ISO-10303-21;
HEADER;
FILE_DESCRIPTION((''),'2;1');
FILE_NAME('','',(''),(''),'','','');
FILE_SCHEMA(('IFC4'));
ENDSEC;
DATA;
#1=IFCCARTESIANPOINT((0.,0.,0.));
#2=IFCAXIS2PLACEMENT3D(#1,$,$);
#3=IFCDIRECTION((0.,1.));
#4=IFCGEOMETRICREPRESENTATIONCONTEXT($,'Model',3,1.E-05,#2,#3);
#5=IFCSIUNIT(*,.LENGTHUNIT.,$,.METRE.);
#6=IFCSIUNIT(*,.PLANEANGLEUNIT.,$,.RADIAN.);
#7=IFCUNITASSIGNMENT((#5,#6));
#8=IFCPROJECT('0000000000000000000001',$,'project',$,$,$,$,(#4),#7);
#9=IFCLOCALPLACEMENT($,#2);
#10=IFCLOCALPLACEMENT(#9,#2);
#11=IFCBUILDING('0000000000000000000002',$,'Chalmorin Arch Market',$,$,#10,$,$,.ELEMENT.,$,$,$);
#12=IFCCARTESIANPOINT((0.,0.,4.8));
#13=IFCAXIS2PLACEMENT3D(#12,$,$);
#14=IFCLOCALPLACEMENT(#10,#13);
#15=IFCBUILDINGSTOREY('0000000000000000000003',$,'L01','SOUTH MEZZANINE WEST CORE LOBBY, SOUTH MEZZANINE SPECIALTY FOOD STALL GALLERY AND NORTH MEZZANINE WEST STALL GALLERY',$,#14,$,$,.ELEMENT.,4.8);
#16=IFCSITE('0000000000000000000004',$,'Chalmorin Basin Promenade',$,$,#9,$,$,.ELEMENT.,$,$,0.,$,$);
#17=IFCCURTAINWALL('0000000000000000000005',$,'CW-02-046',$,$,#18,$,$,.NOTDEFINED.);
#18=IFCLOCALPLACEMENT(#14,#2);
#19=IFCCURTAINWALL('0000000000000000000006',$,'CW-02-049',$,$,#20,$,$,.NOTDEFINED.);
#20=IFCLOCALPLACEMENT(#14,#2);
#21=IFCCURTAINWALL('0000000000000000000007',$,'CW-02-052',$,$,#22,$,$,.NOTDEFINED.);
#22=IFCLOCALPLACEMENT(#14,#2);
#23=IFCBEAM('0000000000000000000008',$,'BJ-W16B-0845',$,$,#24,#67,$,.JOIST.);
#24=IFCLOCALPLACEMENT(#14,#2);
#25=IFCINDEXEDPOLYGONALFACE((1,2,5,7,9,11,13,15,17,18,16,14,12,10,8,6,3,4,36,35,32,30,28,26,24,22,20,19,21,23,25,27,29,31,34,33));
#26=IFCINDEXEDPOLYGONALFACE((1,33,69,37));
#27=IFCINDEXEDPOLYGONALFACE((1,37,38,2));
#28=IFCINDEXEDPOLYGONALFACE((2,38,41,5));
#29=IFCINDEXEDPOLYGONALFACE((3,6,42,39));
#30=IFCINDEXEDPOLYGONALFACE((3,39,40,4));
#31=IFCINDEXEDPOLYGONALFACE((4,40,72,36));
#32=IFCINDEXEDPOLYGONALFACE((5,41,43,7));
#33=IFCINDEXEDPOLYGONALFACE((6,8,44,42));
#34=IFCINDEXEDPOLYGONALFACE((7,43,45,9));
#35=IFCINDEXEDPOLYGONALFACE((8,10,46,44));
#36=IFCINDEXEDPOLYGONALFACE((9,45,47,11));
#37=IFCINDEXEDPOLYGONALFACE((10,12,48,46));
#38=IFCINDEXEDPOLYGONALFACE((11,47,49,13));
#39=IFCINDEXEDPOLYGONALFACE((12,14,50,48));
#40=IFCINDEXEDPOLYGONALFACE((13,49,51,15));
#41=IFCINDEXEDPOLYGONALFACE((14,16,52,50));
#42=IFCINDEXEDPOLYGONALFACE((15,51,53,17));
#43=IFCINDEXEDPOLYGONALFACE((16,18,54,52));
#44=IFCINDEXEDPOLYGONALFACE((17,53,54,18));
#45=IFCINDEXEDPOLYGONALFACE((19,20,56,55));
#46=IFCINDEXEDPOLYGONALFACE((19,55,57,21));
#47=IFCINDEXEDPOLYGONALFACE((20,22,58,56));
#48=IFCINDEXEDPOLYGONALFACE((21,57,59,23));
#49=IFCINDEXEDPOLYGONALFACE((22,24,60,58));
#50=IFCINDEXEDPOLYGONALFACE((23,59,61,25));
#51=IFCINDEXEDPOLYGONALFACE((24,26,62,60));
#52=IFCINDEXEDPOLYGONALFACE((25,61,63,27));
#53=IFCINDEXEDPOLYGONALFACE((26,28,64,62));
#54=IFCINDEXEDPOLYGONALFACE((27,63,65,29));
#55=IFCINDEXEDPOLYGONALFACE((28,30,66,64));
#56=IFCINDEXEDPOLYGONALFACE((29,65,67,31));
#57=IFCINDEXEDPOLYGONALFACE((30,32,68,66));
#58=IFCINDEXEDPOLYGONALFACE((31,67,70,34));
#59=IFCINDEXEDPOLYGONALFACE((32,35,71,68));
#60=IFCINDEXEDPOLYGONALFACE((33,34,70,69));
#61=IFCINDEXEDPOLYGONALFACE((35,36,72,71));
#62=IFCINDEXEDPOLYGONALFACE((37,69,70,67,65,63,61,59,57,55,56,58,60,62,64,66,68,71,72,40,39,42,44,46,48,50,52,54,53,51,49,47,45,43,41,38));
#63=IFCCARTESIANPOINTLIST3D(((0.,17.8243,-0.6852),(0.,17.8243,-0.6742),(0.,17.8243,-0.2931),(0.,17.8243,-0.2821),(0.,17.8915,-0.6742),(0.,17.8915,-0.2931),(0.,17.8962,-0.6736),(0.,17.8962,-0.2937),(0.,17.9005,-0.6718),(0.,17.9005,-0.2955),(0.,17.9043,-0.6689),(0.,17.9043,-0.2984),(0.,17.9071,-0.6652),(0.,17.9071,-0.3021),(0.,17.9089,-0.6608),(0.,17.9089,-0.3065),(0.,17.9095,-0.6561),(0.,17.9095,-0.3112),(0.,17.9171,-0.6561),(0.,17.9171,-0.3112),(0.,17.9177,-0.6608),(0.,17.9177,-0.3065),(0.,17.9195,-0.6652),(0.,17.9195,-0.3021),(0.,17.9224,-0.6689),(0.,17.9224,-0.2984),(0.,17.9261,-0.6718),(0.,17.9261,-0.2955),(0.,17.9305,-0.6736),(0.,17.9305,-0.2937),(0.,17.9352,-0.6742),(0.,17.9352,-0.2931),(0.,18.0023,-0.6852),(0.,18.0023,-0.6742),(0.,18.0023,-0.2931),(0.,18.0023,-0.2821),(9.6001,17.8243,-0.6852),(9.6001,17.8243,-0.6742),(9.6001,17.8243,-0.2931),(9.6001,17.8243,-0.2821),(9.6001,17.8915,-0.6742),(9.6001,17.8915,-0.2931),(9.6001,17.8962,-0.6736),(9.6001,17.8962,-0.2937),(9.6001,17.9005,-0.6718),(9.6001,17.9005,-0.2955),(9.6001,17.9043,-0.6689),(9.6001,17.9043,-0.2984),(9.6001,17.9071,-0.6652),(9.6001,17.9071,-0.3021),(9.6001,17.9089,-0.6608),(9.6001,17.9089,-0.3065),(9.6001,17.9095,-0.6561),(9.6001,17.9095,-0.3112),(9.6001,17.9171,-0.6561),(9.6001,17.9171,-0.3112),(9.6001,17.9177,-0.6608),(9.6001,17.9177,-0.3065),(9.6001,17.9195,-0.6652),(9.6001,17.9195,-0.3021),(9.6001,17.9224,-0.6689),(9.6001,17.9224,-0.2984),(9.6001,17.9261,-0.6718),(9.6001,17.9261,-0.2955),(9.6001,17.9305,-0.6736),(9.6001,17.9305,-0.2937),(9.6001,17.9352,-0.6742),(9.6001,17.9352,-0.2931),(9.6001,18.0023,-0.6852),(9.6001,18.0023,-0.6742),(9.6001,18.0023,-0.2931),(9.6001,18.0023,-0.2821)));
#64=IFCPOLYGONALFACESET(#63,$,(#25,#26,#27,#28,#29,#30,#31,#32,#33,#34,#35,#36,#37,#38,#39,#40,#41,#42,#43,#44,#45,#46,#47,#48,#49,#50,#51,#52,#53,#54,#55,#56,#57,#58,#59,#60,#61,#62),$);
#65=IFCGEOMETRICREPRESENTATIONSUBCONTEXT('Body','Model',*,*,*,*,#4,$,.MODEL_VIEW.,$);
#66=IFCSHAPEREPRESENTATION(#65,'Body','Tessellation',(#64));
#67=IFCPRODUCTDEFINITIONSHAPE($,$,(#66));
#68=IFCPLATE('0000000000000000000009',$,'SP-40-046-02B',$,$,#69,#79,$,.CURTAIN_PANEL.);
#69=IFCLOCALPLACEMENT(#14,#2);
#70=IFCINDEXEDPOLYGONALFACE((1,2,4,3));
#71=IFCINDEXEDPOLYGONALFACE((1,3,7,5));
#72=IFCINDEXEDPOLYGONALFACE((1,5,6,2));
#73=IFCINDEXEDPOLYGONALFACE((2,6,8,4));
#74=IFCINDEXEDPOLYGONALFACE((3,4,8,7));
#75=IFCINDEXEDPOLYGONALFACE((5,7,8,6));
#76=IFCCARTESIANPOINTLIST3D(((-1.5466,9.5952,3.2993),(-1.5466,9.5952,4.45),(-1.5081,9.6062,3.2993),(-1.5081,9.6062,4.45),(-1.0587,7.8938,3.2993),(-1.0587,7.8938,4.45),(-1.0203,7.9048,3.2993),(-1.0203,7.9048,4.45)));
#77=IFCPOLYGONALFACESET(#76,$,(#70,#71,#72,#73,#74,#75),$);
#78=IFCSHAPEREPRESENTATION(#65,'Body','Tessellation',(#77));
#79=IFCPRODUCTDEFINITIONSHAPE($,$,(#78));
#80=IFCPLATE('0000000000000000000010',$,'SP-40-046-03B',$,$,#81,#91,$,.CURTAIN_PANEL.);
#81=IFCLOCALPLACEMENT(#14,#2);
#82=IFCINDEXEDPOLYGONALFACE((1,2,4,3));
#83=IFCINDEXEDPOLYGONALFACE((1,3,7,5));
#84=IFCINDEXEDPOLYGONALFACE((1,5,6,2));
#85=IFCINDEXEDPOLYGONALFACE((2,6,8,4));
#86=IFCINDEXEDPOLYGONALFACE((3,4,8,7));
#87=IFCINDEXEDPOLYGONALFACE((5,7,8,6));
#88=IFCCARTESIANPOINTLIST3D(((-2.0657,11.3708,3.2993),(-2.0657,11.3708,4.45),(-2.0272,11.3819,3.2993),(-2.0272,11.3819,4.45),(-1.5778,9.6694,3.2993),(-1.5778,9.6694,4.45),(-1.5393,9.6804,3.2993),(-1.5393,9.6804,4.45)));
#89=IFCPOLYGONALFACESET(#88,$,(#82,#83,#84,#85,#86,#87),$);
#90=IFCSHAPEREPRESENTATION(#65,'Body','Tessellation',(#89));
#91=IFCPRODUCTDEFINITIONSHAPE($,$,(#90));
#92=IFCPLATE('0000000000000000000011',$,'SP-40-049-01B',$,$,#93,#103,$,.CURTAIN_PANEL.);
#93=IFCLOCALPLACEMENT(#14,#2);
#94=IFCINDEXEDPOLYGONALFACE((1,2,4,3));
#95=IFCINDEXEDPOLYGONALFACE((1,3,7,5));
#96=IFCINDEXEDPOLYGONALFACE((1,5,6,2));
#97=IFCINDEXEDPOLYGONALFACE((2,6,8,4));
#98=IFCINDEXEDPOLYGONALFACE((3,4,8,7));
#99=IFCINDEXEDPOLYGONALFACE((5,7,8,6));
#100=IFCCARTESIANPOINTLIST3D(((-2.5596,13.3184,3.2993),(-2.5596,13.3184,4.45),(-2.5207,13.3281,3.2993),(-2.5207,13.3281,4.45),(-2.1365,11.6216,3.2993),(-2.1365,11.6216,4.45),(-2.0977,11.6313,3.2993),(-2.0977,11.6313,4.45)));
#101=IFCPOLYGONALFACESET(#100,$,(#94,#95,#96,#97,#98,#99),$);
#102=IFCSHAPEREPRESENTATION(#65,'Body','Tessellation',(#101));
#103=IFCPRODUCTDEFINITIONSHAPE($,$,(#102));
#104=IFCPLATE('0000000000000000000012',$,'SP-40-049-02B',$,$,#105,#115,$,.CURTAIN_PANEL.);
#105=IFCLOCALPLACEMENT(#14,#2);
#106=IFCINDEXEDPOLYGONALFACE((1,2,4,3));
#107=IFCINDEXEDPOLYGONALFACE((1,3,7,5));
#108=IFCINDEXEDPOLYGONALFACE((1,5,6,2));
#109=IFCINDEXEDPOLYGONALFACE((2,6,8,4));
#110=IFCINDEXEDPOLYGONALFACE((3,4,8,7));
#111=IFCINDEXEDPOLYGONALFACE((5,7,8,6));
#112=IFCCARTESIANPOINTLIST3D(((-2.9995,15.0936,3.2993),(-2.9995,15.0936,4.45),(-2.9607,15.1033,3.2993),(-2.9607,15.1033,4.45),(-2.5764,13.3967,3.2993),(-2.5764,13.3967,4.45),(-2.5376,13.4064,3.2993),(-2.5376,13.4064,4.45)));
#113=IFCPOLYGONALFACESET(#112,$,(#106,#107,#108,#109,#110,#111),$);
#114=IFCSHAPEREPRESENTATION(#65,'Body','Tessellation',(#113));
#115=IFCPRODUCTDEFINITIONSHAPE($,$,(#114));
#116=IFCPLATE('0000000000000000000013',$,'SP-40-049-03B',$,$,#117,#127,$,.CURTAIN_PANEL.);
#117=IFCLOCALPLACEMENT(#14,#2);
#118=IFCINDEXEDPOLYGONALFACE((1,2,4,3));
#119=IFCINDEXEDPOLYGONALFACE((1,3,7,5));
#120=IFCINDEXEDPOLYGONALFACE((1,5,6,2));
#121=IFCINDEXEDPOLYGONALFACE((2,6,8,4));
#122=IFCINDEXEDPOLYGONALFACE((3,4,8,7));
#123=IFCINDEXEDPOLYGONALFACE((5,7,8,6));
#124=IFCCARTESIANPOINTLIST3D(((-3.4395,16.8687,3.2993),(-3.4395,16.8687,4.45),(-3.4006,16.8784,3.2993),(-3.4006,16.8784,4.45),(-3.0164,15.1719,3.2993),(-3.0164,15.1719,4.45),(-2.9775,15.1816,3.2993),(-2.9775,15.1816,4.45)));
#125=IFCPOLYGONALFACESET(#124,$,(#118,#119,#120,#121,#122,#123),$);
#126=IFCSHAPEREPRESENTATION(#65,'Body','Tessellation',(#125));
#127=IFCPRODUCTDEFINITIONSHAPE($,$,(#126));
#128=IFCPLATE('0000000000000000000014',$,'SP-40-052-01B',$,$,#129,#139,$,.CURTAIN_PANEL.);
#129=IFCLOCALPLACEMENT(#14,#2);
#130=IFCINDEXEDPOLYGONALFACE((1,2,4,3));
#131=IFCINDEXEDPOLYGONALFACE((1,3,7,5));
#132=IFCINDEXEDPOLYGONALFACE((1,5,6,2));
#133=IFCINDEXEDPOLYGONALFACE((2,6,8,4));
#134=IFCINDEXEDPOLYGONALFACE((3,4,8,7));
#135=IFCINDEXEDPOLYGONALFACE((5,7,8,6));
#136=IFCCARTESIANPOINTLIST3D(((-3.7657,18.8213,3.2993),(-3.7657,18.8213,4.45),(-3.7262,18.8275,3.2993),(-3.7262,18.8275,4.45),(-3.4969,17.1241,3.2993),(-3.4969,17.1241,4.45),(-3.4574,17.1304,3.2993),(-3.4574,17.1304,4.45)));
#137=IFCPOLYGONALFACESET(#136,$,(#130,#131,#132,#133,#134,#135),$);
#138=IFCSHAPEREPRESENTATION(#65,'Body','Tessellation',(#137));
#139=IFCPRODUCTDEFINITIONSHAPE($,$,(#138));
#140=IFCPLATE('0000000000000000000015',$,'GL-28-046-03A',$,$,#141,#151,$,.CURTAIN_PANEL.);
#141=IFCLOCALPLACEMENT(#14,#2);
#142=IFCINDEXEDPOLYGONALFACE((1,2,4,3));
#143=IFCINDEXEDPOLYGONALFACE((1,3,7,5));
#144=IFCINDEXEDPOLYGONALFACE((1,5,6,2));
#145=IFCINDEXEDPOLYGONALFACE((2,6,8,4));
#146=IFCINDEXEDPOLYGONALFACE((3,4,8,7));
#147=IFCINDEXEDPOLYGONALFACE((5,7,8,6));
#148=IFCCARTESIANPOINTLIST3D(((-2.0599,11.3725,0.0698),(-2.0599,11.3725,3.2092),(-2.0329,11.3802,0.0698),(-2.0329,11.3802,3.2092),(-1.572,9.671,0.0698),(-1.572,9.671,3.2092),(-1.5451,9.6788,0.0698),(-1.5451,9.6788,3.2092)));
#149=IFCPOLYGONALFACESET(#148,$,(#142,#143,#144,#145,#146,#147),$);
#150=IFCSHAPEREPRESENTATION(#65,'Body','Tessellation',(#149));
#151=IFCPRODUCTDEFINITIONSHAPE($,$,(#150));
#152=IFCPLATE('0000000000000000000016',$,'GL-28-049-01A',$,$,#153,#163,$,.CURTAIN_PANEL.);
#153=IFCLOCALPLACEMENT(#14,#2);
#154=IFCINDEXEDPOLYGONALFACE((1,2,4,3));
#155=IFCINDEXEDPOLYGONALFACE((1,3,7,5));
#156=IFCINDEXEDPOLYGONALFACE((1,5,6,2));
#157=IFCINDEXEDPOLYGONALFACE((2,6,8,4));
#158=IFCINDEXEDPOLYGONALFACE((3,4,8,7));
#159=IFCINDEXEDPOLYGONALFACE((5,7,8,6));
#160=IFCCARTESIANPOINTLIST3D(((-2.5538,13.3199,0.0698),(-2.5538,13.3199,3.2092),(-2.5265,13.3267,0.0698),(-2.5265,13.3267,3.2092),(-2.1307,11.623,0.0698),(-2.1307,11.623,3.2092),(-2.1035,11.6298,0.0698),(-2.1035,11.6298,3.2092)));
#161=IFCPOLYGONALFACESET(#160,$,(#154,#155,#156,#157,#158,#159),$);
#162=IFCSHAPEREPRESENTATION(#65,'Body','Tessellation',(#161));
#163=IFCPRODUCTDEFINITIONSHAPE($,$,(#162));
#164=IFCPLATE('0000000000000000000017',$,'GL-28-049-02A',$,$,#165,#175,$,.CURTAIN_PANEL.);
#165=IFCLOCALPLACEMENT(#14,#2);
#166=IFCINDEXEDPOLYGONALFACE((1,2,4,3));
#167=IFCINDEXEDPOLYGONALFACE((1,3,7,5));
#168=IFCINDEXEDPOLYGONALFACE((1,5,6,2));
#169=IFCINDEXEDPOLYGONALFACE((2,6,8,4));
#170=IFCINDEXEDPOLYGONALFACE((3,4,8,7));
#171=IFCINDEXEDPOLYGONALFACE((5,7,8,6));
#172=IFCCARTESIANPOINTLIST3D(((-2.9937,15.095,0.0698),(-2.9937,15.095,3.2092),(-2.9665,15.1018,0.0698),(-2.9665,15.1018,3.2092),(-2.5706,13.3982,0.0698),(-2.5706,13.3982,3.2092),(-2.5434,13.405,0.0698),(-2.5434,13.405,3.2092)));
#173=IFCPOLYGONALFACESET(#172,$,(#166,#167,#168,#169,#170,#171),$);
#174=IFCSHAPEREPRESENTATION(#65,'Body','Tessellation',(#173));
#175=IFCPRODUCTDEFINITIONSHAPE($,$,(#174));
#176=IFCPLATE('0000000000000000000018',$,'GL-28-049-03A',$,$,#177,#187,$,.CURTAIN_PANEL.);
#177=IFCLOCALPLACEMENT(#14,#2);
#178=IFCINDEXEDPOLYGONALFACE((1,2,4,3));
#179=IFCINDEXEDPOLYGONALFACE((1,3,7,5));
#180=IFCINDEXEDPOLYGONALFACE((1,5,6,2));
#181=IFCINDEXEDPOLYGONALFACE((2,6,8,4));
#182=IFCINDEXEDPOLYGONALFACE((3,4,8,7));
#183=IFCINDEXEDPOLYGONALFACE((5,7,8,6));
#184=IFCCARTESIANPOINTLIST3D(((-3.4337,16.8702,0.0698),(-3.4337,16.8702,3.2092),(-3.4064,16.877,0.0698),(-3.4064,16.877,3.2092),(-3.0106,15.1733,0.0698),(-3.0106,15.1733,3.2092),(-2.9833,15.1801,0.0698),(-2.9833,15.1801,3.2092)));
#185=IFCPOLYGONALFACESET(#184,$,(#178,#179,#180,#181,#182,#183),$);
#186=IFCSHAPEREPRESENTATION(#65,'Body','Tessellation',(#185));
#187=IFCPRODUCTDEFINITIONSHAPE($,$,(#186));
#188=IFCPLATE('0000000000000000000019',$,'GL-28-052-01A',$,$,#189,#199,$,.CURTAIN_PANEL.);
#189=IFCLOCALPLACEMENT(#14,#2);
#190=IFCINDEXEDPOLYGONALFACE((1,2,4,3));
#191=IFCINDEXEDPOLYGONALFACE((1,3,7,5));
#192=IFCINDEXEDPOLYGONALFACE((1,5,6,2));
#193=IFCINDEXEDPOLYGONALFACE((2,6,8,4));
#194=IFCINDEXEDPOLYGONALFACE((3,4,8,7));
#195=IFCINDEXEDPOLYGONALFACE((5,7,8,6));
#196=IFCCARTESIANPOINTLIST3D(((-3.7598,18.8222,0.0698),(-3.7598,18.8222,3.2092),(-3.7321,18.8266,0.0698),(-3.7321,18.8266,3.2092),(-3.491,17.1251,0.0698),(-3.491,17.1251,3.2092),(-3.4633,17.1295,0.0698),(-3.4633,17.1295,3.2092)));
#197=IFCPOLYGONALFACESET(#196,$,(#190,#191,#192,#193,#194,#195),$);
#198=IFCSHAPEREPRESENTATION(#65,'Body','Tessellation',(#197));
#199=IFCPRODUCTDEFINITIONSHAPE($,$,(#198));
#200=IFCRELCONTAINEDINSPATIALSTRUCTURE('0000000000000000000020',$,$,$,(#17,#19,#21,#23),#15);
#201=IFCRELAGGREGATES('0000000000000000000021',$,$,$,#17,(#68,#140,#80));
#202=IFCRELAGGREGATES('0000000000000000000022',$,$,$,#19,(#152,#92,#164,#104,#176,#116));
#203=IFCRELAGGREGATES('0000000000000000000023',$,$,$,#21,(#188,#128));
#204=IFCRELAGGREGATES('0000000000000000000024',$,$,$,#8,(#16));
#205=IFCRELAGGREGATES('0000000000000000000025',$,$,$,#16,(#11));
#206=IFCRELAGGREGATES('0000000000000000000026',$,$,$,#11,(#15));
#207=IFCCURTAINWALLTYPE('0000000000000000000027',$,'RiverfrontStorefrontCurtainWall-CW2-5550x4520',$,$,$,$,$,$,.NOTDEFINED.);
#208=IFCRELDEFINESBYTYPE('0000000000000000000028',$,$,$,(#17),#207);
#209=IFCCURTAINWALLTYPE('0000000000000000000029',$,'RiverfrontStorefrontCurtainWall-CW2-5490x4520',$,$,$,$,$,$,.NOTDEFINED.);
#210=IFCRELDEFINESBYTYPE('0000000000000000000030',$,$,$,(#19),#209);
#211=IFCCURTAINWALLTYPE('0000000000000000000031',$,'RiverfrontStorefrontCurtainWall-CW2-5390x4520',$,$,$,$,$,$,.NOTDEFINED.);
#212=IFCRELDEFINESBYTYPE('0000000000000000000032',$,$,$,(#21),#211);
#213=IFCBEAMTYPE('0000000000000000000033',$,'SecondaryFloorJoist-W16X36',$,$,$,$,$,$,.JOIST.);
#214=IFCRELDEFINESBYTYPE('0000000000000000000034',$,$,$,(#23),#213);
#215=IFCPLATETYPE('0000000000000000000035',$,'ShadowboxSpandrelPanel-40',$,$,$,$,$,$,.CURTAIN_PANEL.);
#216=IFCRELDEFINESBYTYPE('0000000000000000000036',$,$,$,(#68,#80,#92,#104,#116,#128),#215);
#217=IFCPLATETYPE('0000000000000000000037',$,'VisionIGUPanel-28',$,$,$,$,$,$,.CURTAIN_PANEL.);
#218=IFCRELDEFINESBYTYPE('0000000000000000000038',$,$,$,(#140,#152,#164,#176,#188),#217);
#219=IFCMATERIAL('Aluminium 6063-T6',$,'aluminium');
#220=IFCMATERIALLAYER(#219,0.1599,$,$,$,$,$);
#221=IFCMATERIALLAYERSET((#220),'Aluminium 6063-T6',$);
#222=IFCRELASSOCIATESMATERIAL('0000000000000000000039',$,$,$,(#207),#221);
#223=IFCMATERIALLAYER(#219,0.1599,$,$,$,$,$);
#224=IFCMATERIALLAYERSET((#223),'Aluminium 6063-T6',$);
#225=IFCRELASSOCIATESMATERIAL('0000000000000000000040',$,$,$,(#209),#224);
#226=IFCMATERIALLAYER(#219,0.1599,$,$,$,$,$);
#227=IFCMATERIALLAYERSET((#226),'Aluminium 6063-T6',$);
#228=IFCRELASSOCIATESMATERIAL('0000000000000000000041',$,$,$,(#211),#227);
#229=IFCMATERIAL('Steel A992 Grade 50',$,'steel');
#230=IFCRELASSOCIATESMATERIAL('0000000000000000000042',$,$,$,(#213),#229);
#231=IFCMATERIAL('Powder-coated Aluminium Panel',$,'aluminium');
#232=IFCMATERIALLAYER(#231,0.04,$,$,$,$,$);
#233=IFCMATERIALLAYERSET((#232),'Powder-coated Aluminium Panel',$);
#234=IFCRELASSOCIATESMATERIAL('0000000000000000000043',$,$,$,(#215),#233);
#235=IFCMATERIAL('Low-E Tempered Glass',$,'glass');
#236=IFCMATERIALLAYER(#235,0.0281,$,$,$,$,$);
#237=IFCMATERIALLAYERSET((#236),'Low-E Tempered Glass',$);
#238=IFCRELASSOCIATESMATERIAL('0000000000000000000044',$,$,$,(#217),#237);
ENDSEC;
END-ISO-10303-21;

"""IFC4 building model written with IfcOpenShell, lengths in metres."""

from ifc_helpers import new_model, si_unit, direction, frame, origin, origin_2d, place, context, subcontext, project, spatial, rectangle, i_section, extrude, material, layer, layer_set, material_profile, profile_set, type_object, element, aggregate, save


model = new_model("IFC4")

# Units and contexts
model_context = context("Model", 3, precision=1e-05, world=origin(), true_north=direction((0.0, 1.0)))
body_context = subcontext(model_context, "Body", "Model", "MODEL_VIEW")
ifc_project = project(units=[si_unit("LENGTHUNIT", "METRE"), si_unit("PLANEANGLEUNIT", "RADIAN")], contexts=[model_context])

# Site, building, storey
site_placement = place(None, origin())
site = spatial("IfcSite", under=ifc_project, at=site_placement, Name="Chalmorin Basin Promenade", CompositionType="ELEMENT", RefElevation=0.0)
building_placement = place(site_placement, origin())
building = spatial("IfcBuilding", under=site, at=building_placement, Name="Chalmorin Arch Market", CompositionType="ELEMENT")
storey_placement = place(building_placement, frame((0.0, 0.0, 4.8)))
storey = spatial("IfcBuildingStorey", under=building, at=storey_placement, Name="L01", Description="SOUTH MEZZANINE WEST CORE LOBBY, SOUTH MEZZANINE SPECIALTY FOOD STALL GALLERY AND NORTH MEZZANINE WEST STALL GALLERY", CompositionType="ELEMENT", Elevation=4.8)

# Curtain walls
ifc_material_1 = material(Name="Aluminium 6063-T6", Category="aluminium")
ifc_layer_1 = layer(ifc_material_1, 0.1599)
ifc_layer_set_1 = layer_set([ifc_layer_1], Name="Aluminium 6063-T6")
curtain_wall_type_1 = type_object("IfcCurtainWallType", Name="RiverfrontStorefrontCurtainWall-CW2-5550x4520", PredefinedType="NOTDEFINED", material=ifc_layer_set_1)
curtain_wall_1_placement = place(storey_placement, origin())
curtain_wall_1 = element("IfcCurtainWall", 1, at=curtain_wall_1_placement, inside=storey, type_object=curtain_wall_type_1, Name="CW-02-046", PredefinedType="NOTDEFINED")
ifc_layer_2 = layer(ifc_material_1, 0.1599)
ifc_layer_set_2 = layer_set([ifc_layer_2], Name="Aluminium 6063-T6")
curtain_wall_type_2 = type_object("IfcCurtainWallType", Name="RiverfrontStorefrontCurtainWall-CW2-5490x4520", PredefinedType="NOTDEFINED", material=ifc_layer_set_2)
curtain_wall_2_placement = place(storey_placement, origin())
curtain_wall_2 = element("IfcCurtainWall", 2, at=curtain_wall_2_placement, inside=storey, type_object=curtain_wall_type_2, Name="CW-02-049", PredefinedType="NOTDEFINED")
ifc_layer_3 = layer(ifc_material_1, 0.1599)
ifc_layer_set_3 = layer_set([ifc_layer_3], Name="Aluminium 6063-T6")
curtain_wall_type_3 = type_object("IfcCurtainWallType", Name="RiverfrontStorefrontCurtainWall-CW2-5390x4520", PredefinedType="NOTDEFINED", material=ifc_layer_set_3)
curtain_wall_3_placement = place(storey_placement, origin())
curtain_wall_3 = element("IfcCurtainWall", 3, at=curtain_wall_3_placement, inside=storey, type_object=curtain_wall_type_3, Name="CW-02-052", PredefinedType="NOTDEFINED")

# Beam
ifc_material_2 = material(Name="Steel A992 Grade 50", Category="steel")
ifc_material_profile_1 = material_profile(ifc_material_2, i_section(OverallWidth=0.178, OverallDepth=0.4031, WebThickness=0.0076, FlangeThickness=0.011, FilletRadius=0.0181, at=origin_2d()), Name="W16X36")
ifc_profile_set_1 = profile_set([ifc_material_profile_1], Name="Steel A992 Grade 50")
beam_type_1 = type_object("IfcBeamType", Name="SecondaryFloorJoist-W16X36", PredefinedType="JOIST", material=ifc_profile_set_1)
beam_1_placement = place(storey_placement, frame((0.0, 17.9133, -0.4836), z_axis=(1.0, 0.0, 0.0), x_axis=(0.0, 1.0, 0.0)))
element("IfcBeam", 4, at=beam_1_placement, inside=storey, type_object=beam_type_1, Name="BJ-W16B-0845", PredefinedType="JOIST", context=body_context, shape_type="SweptSolid", body=[
    extrude(i_section(OverallWidth=0.178, OverallDepth=0.4031, WebThickness=0.0076, FlangeThickness=0.011, FilletRadius=0.0181, at=origin_2d()), origin(), (0.0, 0.0, 1.0), 9.6001),
])

# Plates
ifc_material_3 = material(Name="Powder-coated Aluminium Panel", Category="aluminium")
ifc_layer_4 = layer(ifc_material_3, 0.04)
ifc_layer_set_4 = layer_set([ifc_layer_4], Name="Powder-coated Aluminium Panel")
plate_type_1 = type_object("IfcPlateType", Name="ShadowboxSpandrelPanel-40", PredefinedType="CURTAIN_PANEL", material=ifc_layer_set_4)
plate_1_placement = place(storey_placement, frame((-1.2834, 8.75, 3.2993), z_axis=(0.0, 0.0, 1.0), x_axis=(-0.275637, 0.961262, 0.0)))
plate_1 = element("IfcPlate", 5, at=plate_1_placement, type_object=plate_type_1, Name="SP-40-046-02B", PredefinedType="CURTAIN_PANEL", context=body_context, shape_type="SweptSolid", body=[
    extrude(rectangle(XDim=1.77, YDim=0.04, at=origin_2d()), origin(), (0.0, 0.0, 1.0), 1.1506),
])
plate_2_placement = place(storey_placement, frame((-1.8025, 10.5256, 3.2993), z_axis=(0.0, 0.0, 1.0), x_axis=(-0.275637, 0.961262, 0.0)))
plate_2 = element("IfcPlate", 6, at=plate_2_placement, type_object=plate_type_1, Name="SP-40-046-03B", PredefinedType="CURTAIN_PANEL", context=body_context, shape_type="SweptSolid", body=[
    extrude(rectangle(XDim=1.77, YDim=0.04, at=origin_2d()), origin(), (0.0, 0.0, 1.0), 1.1506),
])
plate_3_placement = place(storey_placement, frame((-2.3286, 12.4749, 3.2993), z_axis=(0.0, 0.0, 1.0), x_axis=(-0.241922, 0.970296, 0.0)))
plate_3 = element("IfcPlate", 7, at=plate_3_placement, type_object=plate_type_1, Name="SP-40-049-01B", PredefinedType="CURTAIN_PANEL", context=body_context, shape_type="SweptSolid", body=[
    extrude(rectangle(XDim=1.7488, YDim=0.04, at=origin_2d()), origin(), (0.0, 0.0, 1.0), 1.1506),
])
plate_4_placement = place(storey_placement, frame((-2.7686, 14.25, 3.2993), z_axis=(0.0, 0.0, 1.0), x_axis=(-0.241922, 0.970296, 0.0)))
plate_4 = element("IfcPlate", 8, at=plate_4_placement, type_object=plate_type_1, Name="SP-40-049-02B", PredefinedType="CURTAIN_PANEL", context=body_context, shape_type="SweptSolid", body=[
    extrude(rectangle(XDim=1.7488, YDim=0.04, at=origin_2d()), origin(), (0.0, 0.0, 1.0), 1.1506),
])
plate_5_placement = place(storey_placement, frame((-3.2085, 16.0251, 3.2993), z_axis=(0.0, 0.0, 1.0), x_axis=(-0.241922, 0.970296, 0.0)))
plate_5 = element("IfcPlate", 9, at=plate_5_placement, type_object=plate_type_1, Name="SP-40-049-03B", PredefinedType="CURTAIN_PANEL", context=body_context, shape_type="SweptSolid", body=[
    extrude(rectangle(XDim=1.7488, YDim=0.04, at=origin_2d()), origin(), (0.0, 0.0, 1.0), 1.1506),
])
plate_6_placement = place(storey_placement, frame((-3.6116, 17.9758, 3.2993), z_axis=(0.0, 0.0, 1.0), x_axis=(-0.156434, 0.987688, 0.0)))
plate_6 = element("IfcPlate", 10, at=plate_6_placement, type_object=plate_type_1, Name="SP-40-052-01B", PredefinedType="CURTAIN_PANEL", context=body_context, shape_type="SweptSolid", body=[
    extrude(rectangle(XDim=1.7183, YDim=0.04, at=origin_2d()), origin(), (0.0, 0.0, 1.0), 1.1506),
])
ifc_material_4 = material(Name="Low-E Tempered Glass", Category="glass")
ifc_layer_5 = layer(ifc_material_4, 0.0281)
ifc_layer_set_5 = layer_set([ifc_layer_5], Name="Low-E Tempered Glass")
plate_type_2 = type_object("IfcPlateType", Name="VisionIGUPanel-28", PredefinedType="CURTAIN_PANEL", material=ifc_layer_set_5)
plate_7_placement = place(storey_placement, frame((-1.8025, 10.5256, 0.0698), z_axis=(0.0, 0.0, 1.0), x_axis=(-0.275637, 0.961262, 0.0)))
plate_7 = element("IfcPlate", 11, at=plate_7_placement, type_object=plate_type_2, Name="GL-28-046-03A", PredefinedType="CURTAIN_PANEL", context=body_context, shape_type="SweptSolid", body=[
    extrude(rectangle(XDim=1.77, YDim=0.0281, at=origin_2d()), origin(), (0.0, 0.0, 1.0), 3.1394),
])
aggregate(curtain_wall_1, [plate_1, plate_7, plate_2])
plate_8_placement = place(storey_placement, frame((-2.3286, 12.4749, 0.0698), z_axis=(0.0, 0.0, 1.0), x_axis=(-0.241922, 0.970296, 0.0)))
plate_8 = element("IfcPlate", 12, at=plate_8_placement, type_object=plate_type_2, Name="GL-28-049-01A", PredefinedType="CURTAIN_PANEL", context=body_context, shape_type="SweptSolid", body=[
    extrude(rectangle(XDim=1.7488, YDim=0.0281, at=origin_2d()), origin(), (0.0, 0.0, 1.0), 3.1394),
])
plate_9_placement = place(storey_placement, frame((-2.7686, 14.25, 0.0698), z_axis=(0.0, 0.0, 1.0), x_axis=(-0.241922, 0.970296, 0.0)))
plate_9 = element("IfcPlate", 13, at=plate_9_placement, type_object=plate_type_2, Name="GL-28-049-02A", PredefinedType="CURTAIN_PANEL", context=body_context, shape_type="SweptSolid", body=[
    extrude(rectangle(XDim=1.7488, YDim=0.0281, at=origin_2d()), origin(), (0.0, 0.0, 1.0), 3.1394),
])
plate_10_placement = place(storey_placement, frame((-3.2085, 16.0251, 0.0698), z_axis=(0.0, 0.0, 1.0), x_axis=(-0.241922, 0.970296, 0.0)))
plate_10 = element("IfcPlate", 14, at=plate_10_placement, type_object=plate_type_2, Name="GL-28-049-03A", PredefinedType="CURTAIN_PANEL", context=body_context, shape_type="SweptSolid", body=[
    extrude(rectangle(XDim=1.7488, YDim=0.0281, at=origin_2d()), origin(), (0.0, 0.0, 1.0), 3.1394),
])
aggregate(curtain_wall_2, [plate_8, plate_3, plate_9, plate_4, plate_10, plate_5])
plate_11_placement = place(storey_placement, frame((-3.6116, 17.9758, 0.0698), z_axis=(0.0, 0.0, 1.0), x_axis=(-0.156434, 0.987688, 0.0)))
plate_11 = element("IfcPlate", 15, at=plate_11_placement, type_object=plate_type_2, Name="GL-28-052-01A", PredefinedType="CURTAIN_PANEL", context=body_context, shape_type="SweptSolid", body=[
    extrude(rectangle(XDim=1.7183, YDim=0.0281, at=origin_2d()), origin(), (0.0, 0.0, 1.0), 3.1394),
])
aggregate(curtain_wall_3, [plate_11, plate_6])

save(model, "model.ifc")
